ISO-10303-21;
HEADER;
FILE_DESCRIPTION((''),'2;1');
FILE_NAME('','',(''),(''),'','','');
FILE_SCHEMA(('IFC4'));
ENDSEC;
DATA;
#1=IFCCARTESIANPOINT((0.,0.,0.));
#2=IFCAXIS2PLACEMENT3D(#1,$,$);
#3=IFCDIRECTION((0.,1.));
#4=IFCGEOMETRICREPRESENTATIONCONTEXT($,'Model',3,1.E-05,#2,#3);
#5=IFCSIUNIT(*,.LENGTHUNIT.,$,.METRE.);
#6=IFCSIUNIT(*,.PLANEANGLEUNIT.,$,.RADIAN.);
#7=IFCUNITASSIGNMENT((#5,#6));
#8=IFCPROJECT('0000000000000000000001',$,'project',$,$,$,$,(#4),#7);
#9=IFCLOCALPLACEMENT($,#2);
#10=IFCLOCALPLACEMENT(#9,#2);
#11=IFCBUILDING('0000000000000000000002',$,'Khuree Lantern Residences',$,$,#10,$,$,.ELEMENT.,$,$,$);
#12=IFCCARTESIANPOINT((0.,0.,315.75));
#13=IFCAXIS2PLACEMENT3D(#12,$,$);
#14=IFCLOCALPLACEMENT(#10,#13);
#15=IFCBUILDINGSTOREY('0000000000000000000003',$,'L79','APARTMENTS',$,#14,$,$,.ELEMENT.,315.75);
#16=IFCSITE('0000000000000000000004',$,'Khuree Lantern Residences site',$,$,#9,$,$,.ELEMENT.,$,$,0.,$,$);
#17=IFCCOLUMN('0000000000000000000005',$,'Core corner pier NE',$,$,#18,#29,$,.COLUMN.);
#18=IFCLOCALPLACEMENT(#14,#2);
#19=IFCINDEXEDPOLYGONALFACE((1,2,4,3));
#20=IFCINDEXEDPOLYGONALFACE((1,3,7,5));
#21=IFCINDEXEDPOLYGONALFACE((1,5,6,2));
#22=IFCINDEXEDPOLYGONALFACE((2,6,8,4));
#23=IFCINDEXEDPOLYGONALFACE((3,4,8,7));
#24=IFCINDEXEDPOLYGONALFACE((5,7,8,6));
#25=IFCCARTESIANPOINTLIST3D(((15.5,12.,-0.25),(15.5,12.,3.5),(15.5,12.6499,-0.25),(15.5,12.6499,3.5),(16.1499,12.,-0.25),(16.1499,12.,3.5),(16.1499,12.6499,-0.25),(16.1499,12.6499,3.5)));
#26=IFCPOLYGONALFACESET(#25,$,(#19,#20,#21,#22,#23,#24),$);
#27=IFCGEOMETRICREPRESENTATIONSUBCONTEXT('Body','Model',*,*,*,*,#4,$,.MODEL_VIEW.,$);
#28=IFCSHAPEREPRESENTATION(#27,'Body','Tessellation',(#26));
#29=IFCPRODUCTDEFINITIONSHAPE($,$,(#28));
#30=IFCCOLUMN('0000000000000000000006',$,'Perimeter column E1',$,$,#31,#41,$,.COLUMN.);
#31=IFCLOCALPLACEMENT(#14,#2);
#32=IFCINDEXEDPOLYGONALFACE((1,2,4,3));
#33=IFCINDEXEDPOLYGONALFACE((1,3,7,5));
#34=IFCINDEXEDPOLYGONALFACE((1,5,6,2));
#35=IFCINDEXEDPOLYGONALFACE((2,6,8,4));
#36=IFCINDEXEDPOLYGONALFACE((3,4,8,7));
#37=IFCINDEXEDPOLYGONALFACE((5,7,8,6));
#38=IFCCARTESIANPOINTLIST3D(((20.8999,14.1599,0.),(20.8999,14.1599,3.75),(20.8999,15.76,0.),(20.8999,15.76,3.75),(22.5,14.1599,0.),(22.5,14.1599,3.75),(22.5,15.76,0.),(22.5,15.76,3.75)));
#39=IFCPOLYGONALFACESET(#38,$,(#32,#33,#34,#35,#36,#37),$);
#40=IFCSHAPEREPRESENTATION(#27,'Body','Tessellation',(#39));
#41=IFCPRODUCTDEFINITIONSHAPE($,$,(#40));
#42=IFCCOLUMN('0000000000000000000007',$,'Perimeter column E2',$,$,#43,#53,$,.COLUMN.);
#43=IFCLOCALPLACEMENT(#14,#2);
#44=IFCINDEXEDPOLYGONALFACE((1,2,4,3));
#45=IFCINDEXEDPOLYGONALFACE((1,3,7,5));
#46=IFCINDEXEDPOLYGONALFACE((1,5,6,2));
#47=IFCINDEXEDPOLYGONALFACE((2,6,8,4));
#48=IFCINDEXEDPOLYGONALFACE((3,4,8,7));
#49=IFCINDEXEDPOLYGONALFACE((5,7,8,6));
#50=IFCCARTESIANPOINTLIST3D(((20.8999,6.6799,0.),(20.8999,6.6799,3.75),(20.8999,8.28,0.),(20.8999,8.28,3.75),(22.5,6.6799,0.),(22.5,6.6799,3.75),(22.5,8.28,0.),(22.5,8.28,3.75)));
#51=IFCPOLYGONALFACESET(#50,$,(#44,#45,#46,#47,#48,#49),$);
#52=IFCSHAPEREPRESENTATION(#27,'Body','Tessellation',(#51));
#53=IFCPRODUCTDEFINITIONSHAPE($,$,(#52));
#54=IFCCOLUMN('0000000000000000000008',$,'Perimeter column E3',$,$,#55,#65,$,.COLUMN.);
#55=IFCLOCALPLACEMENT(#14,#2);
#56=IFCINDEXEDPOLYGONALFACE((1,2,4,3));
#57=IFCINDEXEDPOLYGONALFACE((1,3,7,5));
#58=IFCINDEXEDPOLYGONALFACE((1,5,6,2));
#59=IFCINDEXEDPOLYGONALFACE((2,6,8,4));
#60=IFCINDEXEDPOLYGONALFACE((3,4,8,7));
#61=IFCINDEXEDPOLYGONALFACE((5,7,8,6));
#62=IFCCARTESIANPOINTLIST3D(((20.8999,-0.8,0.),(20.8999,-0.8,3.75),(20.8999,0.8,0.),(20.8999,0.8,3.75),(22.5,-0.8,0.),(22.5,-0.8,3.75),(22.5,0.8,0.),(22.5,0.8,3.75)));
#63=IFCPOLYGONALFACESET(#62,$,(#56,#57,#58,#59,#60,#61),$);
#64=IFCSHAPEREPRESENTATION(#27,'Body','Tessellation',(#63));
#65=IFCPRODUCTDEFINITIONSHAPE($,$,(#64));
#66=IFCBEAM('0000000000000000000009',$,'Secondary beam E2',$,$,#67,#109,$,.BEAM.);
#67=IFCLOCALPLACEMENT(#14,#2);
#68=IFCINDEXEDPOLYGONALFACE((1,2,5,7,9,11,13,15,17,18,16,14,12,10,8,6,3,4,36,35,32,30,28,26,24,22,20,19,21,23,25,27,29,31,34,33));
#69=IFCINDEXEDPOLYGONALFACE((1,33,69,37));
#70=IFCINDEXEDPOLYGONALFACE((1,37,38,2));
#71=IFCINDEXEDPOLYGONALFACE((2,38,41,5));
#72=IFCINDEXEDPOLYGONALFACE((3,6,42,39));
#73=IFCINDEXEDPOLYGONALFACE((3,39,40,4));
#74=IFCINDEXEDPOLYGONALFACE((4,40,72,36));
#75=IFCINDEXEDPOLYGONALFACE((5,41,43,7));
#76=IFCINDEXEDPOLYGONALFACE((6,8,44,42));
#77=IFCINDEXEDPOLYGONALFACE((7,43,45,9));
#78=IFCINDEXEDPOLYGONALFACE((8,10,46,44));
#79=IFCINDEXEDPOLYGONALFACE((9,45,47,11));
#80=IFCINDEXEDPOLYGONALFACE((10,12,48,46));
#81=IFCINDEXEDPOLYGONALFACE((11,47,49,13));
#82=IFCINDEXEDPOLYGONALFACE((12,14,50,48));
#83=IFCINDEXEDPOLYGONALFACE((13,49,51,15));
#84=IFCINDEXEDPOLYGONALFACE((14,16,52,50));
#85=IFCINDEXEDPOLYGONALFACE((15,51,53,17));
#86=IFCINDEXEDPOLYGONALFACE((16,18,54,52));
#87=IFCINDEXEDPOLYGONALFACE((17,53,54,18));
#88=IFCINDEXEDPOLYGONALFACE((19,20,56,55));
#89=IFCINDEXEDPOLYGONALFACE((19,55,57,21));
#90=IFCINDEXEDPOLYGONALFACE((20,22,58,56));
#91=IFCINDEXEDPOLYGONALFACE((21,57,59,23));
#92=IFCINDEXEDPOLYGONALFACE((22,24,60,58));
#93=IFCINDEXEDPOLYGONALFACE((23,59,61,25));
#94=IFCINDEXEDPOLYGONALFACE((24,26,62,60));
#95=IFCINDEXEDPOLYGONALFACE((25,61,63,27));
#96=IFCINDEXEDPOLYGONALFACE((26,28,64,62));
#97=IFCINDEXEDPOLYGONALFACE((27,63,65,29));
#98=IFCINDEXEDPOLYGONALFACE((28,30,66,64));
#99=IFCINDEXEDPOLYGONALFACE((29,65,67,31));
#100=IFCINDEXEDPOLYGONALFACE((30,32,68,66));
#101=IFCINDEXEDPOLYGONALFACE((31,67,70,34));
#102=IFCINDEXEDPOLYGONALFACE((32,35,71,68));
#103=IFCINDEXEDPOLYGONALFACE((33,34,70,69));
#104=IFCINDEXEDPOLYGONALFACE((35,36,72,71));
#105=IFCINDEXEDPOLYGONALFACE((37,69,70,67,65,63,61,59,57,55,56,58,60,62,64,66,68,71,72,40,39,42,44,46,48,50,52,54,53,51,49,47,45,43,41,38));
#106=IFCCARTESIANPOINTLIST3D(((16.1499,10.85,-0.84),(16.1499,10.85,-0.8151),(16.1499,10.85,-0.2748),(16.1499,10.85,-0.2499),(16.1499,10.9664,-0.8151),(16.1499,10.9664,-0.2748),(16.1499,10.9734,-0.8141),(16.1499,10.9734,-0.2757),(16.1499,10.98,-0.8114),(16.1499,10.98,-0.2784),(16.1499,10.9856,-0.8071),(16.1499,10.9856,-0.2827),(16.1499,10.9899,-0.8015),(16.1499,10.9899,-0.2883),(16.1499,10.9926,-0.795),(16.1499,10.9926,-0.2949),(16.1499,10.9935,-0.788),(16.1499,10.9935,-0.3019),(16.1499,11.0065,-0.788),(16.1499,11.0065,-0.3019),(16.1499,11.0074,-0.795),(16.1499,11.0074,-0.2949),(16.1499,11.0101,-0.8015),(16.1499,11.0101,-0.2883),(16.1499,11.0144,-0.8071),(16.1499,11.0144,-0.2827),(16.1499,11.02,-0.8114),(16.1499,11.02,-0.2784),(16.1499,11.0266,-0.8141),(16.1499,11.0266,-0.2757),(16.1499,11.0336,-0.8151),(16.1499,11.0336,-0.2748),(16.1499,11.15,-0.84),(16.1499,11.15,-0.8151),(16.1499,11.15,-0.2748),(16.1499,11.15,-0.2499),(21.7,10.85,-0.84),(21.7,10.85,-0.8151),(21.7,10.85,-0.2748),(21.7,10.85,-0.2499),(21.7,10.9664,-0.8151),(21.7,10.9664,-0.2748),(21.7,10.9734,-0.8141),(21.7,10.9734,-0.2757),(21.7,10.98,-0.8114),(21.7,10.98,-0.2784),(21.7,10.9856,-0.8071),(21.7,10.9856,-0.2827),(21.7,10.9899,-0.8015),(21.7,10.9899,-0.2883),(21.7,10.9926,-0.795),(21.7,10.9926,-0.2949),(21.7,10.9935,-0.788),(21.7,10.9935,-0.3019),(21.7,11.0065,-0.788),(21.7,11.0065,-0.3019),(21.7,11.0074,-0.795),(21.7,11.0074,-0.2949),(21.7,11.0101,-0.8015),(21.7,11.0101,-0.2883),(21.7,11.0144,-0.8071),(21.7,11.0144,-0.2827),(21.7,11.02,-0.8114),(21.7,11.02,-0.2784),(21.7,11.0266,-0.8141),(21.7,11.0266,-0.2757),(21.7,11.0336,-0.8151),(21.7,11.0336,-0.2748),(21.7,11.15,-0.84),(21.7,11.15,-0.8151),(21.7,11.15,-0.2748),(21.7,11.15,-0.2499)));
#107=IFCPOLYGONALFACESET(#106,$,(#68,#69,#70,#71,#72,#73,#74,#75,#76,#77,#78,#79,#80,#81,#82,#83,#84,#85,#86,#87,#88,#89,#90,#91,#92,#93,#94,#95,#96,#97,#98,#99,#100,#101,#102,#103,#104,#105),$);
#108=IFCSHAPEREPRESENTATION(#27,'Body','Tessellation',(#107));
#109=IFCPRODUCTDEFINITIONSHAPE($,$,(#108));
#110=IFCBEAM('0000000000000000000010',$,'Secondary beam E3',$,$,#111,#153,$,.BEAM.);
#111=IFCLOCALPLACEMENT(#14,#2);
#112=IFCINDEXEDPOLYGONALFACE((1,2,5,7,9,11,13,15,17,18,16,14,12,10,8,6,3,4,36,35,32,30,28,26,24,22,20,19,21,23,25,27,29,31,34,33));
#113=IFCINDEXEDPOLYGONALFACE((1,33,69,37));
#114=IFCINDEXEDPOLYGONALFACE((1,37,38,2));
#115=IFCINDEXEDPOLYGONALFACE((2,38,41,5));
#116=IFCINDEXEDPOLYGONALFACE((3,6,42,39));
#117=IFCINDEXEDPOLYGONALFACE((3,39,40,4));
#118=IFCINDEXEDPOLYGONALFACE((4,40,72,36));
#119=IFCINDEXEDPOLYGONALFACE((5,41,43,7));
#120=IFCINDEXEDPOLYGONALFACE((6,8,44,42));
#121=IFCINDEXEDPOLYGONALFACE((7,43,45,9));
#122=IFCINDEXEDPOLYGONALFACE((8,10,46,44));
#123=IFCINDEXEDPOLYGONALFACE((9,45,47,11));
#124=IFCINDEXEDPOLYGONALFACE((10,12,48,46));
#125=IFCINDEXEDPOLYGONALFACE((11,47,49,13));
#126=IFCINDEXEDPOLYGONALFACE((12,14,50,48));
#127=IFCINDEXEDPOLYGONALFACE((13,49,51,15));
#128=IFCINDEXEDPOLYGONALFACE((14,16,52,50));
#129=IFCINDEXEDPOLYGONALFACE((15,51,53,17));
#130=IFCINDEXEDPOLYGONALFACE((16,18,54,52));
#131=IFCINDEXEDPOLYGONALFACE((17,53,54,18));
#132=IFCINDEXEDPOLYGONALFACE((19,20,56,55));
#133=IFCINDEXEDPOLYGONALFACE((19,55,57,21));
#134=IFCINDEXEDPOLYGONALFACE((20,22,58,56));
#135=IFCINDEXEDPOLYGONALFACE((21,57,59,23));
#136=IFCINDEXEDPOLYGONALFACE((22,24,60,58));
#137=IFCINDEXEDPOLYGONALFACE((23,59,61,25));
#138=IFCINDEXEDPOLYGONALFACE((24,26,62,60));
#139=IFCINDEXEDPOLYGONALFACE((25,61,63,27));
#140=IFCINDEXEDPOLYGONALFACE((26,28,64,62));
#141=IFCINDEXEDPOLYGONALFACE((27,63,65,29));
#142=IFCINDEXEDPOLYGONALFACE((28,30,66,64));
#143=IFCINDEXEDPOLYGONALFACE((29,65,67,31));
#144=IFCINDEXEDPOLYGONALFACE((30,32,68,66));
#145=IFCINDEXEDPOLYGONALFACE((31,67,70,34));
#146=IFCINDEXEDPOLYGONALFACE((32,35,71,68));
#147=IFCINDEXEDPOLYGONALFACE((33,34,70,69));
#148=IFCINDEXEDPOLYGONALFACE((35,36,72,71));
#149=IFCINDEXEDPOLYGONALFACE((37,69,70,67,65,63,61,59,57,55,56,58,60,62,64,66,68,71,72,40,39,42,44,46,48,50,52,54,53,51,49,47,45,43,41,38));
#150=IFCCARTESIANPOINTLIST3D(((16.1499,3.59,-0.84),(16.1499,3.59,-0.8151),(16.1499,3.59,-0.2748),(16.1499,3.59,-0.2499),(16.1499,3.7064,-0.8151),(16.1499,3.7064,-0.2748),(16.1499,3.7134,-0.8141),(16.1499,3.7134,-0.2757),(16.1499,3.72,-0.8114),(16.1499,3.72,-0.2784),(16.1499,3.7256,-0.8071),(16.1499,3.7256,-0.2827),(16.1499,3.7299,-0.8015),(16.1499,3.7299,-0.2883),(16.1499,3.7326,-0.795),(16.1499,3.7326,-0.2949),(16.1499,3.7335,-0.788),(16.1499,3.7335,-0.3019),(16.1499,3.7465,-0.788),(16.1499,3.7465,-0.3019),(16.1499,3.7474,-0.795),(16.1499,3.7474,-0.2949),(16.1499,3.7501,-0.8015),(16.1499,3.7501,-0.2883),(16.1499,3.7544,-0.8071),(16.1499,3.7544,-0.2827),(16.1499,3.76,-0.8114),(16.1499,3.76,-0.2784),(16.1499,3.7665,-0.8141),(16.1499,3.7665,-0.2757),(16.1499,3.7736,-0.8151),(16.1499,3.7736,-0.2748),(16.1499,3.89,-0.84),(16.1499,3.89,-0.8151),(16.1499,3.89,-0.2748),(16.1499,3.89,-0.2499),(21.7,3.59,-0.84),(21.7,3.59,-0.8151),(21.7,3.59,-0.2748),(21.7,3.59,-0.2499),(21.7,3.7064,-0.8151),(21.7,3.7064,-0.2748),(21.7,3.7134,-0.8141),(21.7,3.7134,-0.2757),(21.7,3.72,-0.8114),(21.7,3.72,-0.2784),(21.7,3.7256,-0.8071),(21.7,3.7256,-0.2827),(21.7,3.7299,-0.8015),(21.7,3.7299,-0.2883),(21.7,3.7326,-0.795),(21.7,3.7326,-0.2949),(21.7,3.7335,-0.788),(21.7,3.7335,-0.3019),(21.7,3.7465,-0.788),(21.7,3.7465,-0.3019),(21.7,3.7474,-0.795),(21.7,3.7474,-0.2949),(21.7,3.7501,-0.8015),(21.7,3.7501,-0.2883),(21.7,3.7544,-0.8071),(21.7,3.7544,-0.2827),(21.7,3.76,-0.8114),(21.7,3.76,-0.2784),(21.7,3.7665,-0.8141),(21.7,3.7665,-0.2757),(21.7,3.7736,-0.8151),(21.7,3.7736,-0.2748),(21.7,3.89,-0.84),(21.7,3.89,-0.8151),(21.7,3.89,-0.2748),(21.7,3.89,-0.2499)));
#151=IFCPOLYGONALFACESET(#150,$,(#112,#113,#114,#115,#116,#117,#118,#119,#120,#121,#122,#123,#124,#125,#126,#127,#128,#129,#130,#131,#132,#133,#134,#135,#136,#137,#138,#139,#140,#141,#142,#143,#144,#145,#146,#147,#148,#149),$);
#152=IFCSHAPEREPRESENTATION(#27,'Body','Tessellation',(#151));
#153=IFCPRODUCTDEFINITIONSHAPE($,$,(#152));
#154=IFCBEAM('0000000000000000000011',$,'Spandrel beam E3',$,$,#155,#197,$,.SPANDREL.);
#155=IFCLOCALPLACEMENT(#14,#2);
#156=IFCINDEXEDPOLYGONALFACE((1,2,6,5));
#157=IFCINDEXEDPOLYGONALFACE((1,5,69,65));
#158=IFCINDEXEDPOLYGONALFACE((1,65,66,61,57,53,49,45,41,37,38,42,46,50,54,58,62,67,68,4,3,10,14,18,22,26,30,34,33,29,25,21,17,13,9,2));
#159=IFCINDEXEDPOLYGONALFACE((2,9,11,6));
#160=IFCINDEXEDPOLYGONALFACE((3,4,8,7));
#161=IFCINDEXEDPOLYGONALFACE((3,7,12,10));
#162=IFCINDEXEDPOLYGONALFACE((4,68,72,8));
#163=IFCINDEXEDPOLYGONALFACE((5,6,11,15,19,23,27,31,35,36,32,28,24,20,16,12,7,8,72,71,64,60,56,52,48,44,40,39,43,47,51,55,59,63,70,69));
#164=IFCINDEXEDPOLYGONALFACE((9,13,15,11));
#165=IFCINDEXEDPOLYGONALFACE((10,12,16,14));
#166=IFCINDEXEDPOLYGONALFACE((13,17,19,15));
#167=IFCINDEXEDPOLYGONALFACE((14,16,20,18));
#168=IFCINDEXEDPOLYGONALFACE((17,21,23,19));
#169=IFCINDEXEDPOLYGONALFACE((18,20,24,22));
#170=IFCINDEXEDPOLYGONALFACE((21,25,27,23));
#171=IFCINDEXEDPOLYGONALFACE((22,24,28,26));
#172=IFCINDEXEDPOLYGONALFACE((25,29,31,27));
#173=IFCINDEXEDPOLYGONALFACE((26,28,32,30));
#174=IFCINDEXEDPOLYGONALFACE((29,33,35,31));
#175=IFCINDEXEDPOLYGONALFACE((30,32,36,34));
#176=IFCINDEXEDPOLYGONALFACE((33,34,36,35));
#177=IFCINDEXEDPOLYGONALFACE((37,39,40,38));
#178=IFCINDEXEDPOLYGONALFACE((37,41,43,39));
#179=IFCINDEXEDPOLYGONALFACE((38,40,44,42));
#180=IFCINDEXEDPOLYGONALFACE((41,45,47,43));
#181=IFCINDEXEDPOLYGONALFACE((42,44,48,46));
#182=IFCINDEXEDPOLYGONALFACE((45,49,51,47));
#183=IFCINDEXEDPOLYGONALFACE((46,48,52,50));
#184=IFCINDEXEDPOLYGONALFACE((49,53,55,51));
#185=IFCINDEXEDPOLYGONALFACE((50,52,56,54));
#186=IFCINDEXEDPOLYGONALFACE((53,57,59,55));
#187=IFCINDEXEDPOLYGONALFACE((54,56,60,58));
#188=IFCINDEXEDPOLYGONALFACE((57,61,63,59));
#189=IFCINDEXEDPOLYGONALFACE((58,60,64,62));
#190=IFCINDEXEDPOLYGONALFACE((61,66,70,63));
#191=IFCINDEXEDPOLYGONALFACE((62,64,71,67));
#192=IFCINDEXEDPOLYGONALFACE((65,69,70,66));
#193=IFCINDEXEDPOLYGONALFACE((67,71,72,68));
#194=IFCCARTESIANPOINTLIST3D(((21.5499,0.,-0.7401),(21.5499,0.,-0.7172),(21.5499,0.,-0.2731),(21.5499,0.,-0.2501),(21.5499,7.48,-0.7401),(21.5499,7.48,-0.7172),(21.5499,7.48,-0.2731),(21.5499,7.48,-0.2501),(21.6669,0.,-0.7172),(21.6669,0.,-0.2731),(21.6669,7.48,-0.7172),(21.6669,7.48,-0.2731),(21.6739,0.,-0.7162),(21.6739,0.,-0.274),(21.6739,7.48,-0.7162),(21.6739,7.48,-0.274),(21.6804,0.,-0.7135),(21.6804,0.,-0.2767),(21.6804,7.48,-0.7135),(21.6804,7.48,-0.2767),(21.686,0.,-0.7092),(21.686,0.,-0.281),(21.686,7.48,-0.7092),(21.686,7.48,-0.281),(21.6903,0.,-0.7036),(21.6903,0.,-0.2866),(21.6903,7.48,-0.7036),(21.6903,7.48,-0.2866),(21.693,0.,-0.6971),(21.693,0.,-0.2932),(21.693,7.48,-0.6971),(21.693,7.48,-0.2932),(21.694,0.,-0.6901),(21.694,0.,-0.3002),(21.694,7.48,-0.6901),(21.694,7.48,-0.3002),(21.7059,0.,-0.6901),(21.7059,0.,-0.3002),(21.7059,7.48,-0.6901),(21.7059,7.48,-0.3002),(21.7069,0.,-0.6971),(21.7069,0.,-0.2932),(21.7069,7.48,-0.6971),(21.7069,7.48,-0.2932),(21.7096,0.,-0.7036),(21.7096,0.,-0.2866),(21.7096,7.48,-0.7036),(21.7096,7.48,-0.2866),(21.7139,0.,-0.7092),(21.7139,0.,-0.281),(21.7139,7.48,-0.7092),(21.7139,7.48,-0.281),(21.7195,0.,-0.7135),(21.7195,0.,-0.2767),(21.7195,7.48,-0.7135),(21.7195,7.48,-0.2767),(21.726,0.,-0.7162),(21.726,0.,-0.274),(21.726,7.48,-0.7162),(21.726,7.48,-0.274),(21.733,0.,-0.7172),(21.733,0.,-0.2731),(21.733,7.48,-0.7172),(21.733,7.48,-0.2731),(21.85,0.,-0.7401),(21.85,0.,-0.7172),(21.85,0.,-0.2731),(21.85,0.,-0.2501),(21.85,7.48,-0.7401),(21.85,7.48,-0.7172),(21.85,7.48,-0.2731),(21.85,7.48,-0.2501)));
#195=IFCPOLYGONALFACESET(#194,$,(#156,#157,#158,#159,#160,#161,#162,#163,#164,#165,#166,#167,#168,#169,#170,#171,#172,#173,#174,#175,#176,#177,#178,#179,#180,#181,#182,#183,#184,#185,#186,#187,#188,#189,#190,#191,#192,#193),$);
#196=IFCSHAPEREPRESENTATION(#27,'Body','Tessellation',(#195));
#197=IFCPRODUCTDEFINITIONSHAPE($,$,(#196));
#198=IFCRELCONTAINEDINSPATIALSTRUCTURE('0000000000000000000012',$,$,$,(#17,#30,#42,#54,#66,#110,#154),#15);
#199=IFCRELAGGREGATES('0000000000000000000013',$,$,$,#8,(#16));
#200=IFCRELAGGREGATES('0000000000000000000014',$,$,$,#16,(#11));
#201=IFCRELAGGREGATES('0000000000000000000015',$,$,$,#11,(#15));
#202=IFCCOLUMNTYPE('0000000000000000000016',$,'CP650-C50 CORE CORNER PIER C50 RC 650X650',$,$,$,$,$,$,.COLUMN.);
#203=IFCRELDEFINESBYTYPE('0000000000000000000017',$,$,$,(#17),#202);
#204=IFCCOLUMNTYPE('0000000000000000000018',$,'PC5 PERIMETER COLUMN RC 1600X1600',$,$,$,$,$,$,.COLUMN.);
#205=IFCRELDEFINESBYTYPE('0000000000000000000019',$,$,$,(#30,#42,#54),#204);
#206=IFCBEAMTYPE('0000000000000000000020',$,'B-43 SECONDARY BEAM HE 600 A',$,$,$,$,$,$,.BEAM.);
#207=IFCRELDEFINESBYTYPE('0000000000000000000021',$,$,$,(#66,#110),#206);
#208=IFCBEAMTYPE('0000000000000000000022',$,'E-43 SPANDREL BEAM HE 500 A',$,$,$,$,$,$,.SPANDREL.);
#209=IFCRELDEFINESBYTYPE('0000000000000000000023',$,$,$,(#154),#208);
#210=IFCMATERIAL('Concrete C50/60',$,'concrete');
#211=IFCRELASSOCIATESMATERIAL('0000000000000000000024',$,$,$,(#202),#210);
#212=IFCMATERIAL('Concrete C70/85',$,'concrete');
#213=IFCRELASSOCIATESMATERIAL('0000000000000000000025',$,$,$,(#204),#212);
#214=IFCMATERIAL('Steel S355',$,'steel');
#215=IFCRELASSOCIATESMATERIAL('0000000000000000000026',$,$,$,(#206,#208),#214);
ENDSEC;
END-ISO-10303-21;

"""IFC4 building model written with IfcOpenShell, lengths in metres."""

from ifc_helpers import new_model, si_unit, direction, frame, origin, origin_2d, place, context, subcontext, project, spatial, rectangle, i_section, extrude, material, material_profile, profile_set, type_object, element, save


model = new_model("IFC4")

# Units and contexts
model_context = context("Model", 3, precision=1e-05, world=origin(), true_north=direction((0.0, 1.0)))
body_context = subcontext(model_context, "Body", "Model", "MODEL_VIEW")
ifc_project = project(units=[si_unit("LENGTHUNIT", "METRE"), si_unit("PLANEANGLEUNIT", "RADIAN")], contexts=[model_context])

# Site, building, storey
site_placement = place(None, origin())
site = spatial("IfcSite", under=ifc_project, at=site_placement, Name="Khuree Lantern Residences site", CompositionType="ELEMENT", RefElevation=0.0)
building_placement = place(site_placement, origin())
building = spatial("IfcBuilding", under=site, at=building_placement, Name="Khuree Lantern Residences", CompositionType="ELEMENT")
storey_placement = place(building_placement, frame((0.0, 0.0, 315.75)))
storey = spatial("IfcBuildingStorey", under=building, at=storey_placement, Name="L79", Description="APARTMENTS", CompositionType="ELEMENT", Elevation=315.75)

# Columns
ifc_material_1 = material(Name="Concrete C50/60", Category="concrete")
ifc_material_profile_1 = material_profile(ifc_material_1, rectangle(XDim=0.6499, YDim=0.6499, at=origin_2d()), Name="RC 650X650")
ifc_profile_set_1 = profile_set([ifc_material_profile_1], Name="Concrete C50/60")
column_type_1 = type_object("IfcColumnType", Name="CP650-C50 CORE CORNER PIER C50 RC 650X650", PredefinedType="COLUMN", material=ifc_profile_set_1)
column_placement = place(storey_placement, frame((15.825, 12.325, -0.25), z_axis=(0.0, 0.0, 1.0), x_axis=(1.0, 0.0, 0.0)))
element("IfcColumn", 1, at=column_placement, inside=storey, type_object=column_type_1, Name="Core corner pier NE", PredefinedType="COLUMN", context=body_context, shape_type="SweptSolid", body=[
    extrude(rectangle(XDim=0.6499, YDim=0.6499, at=origin_2d()), origin(), (0.0, 0.0, 1.0), 3.75),
])
ifc_material_2 = material(Name="Concrete C70/85", Category="concrete")
ifc_material_profile_2 = material_profile(ifc_material_2, rectangle(XDim=1.6001, YDim=1.6001, at=origin_2d()), Name="RC 1600X1600")
ifc_profile_set_2 = profile_set([ifc_material_profile_2], Name="Concrete C70/85")
column_type_2 = type_object("IfcColumnType", Name="PC5 PERIMETER COLUMN RC 1600X1600", PredefinedType="COLUMN", material=ifc_profile_set_2)
for number, where, z_axis, x_axis, name in (
    (2, (21.7, 14.96, 0.0), (0.0, 0.0, 1.0), (0.0, 1.0, 0.0), "Perimeter column E1"),
    (3, (21.7, 7.48, 0.0), (0.0, 0.0, 1.0), (0.0, 1.0, 0.0), "Perimeter column E2"),
    (4, (21.7, 0.0, 0.0), (0.0, 0.0, 1.0), (0.0, 1.0, 0.0), "Perimeter column E3"),
):
    element("IfcColumn", number, at=place(storey_placement, frame(where, z_axis=z_axis, x_axis=x_axis)), inside=storey, type_object=column_type_2, Name=name, PredefinedType="COLUMN", context=body_context, shape_type="SweptSolid", body=[
        extrude(rectangle(XDim=1.6001, YDim=1.6001, at=origin_2d()), origin(), (0.0, 0.0, 1.0), 3.75),
    ])

# Beams
ifc_material_3 = material(Name="Steel S355", Category="steel")
ifc_material_profile_3 = material_profile(ifc_material_3, i_section(OverallWidth=0.3, OverallDepth=0.5901, WebThickness=0.0129, FlangeThickness=0.0249, FilletRadius=0.0271, at=origin_2d()), Name="HE 600 A")
ifc_profile_set_3 = profile_set([ifc_material_profile_3], Name="Steel S355")
beam_type_1 = type_object("IfcBeamType", Name="B-43 SECONDARY BEAM HE 600 A", PredefinedType="BEAM", material=ifc_profile_set_3)
for number, where, z_axis, x_axis, name in (
    (5, (21.7, 11.0, -0.5449), (-1.0, 0.0, 0.0), (0.0, -1.0, 0.0), "Secondary beam E2"),
    (6, (21.7, 3.74, -0.5449), (-1.0, 0.0, 0.0), (0.0, -1.0, 0.0), "Secondary beam E3"),
):
    element("IfcBeam", number, at=place(storey_placement, frame(where, z_axis=z_axis, x_axis=x_axis)), inside=storey, type_object=beam_type_1, Name=name, PredefinedType="BEAM", context=body_context, shape_type="SweptSolid", body=[
        extrude(i_section(OverallWidth=0.3, OverallDepth=0.5901, WebThickness=0.0129, FlangeThickness=0.0249, FilletRadius=0.0271, at=origin_2d()), origin(), (0.0, 0.0, 1.0), 5.55),
    ])
ifc_material_profile_4 = material_profile(ifc_material_3, i_section(OverallWidth=0.3, OverallDepth=0.49, WebThickness=0.012, FlangeThickness=0.0229, FilletRadius=0.0271, at=origin_2d()), Name="HE 500 A")
ifc_profile_set_4 = profile_set([ifc_material_profile_4], Name="Steel S355")
beam_type_2 = type_object("IfcBeamType", Name="E-43 SPANDREL BEAM HE 500 A", PredefinedType="SPANDREL", material=ifc_profile_set_4)
for number, where, z_axis, x_axis, name in (
    (7, (21.7, 7.48, -0.4951), (0.0, -1.0, 0.0), (1.0, 0.0, 0.0), "Spandrel beam E3"),
):
    element("IfcBeam", number, at=place(storey_placement, frame(where, z_axis=z_axis, x_axis=x_axis)), inside=storey, type_object=beam_type_2, Name=name, PredefinedType="SPANDREL", context=body_context, shape_type="SweptSolid", body=[
        extrude(i_section(OverallWidth=0.3, OverallDepth=0.49, WebThickness=0.012, FlangeThickness=0.0229, FilletRadius=0.0271, at=origin_2d()), origin(), (0.0, 0.0, 1.0), 7.48),
    ])

save(model, "model.ifc")
